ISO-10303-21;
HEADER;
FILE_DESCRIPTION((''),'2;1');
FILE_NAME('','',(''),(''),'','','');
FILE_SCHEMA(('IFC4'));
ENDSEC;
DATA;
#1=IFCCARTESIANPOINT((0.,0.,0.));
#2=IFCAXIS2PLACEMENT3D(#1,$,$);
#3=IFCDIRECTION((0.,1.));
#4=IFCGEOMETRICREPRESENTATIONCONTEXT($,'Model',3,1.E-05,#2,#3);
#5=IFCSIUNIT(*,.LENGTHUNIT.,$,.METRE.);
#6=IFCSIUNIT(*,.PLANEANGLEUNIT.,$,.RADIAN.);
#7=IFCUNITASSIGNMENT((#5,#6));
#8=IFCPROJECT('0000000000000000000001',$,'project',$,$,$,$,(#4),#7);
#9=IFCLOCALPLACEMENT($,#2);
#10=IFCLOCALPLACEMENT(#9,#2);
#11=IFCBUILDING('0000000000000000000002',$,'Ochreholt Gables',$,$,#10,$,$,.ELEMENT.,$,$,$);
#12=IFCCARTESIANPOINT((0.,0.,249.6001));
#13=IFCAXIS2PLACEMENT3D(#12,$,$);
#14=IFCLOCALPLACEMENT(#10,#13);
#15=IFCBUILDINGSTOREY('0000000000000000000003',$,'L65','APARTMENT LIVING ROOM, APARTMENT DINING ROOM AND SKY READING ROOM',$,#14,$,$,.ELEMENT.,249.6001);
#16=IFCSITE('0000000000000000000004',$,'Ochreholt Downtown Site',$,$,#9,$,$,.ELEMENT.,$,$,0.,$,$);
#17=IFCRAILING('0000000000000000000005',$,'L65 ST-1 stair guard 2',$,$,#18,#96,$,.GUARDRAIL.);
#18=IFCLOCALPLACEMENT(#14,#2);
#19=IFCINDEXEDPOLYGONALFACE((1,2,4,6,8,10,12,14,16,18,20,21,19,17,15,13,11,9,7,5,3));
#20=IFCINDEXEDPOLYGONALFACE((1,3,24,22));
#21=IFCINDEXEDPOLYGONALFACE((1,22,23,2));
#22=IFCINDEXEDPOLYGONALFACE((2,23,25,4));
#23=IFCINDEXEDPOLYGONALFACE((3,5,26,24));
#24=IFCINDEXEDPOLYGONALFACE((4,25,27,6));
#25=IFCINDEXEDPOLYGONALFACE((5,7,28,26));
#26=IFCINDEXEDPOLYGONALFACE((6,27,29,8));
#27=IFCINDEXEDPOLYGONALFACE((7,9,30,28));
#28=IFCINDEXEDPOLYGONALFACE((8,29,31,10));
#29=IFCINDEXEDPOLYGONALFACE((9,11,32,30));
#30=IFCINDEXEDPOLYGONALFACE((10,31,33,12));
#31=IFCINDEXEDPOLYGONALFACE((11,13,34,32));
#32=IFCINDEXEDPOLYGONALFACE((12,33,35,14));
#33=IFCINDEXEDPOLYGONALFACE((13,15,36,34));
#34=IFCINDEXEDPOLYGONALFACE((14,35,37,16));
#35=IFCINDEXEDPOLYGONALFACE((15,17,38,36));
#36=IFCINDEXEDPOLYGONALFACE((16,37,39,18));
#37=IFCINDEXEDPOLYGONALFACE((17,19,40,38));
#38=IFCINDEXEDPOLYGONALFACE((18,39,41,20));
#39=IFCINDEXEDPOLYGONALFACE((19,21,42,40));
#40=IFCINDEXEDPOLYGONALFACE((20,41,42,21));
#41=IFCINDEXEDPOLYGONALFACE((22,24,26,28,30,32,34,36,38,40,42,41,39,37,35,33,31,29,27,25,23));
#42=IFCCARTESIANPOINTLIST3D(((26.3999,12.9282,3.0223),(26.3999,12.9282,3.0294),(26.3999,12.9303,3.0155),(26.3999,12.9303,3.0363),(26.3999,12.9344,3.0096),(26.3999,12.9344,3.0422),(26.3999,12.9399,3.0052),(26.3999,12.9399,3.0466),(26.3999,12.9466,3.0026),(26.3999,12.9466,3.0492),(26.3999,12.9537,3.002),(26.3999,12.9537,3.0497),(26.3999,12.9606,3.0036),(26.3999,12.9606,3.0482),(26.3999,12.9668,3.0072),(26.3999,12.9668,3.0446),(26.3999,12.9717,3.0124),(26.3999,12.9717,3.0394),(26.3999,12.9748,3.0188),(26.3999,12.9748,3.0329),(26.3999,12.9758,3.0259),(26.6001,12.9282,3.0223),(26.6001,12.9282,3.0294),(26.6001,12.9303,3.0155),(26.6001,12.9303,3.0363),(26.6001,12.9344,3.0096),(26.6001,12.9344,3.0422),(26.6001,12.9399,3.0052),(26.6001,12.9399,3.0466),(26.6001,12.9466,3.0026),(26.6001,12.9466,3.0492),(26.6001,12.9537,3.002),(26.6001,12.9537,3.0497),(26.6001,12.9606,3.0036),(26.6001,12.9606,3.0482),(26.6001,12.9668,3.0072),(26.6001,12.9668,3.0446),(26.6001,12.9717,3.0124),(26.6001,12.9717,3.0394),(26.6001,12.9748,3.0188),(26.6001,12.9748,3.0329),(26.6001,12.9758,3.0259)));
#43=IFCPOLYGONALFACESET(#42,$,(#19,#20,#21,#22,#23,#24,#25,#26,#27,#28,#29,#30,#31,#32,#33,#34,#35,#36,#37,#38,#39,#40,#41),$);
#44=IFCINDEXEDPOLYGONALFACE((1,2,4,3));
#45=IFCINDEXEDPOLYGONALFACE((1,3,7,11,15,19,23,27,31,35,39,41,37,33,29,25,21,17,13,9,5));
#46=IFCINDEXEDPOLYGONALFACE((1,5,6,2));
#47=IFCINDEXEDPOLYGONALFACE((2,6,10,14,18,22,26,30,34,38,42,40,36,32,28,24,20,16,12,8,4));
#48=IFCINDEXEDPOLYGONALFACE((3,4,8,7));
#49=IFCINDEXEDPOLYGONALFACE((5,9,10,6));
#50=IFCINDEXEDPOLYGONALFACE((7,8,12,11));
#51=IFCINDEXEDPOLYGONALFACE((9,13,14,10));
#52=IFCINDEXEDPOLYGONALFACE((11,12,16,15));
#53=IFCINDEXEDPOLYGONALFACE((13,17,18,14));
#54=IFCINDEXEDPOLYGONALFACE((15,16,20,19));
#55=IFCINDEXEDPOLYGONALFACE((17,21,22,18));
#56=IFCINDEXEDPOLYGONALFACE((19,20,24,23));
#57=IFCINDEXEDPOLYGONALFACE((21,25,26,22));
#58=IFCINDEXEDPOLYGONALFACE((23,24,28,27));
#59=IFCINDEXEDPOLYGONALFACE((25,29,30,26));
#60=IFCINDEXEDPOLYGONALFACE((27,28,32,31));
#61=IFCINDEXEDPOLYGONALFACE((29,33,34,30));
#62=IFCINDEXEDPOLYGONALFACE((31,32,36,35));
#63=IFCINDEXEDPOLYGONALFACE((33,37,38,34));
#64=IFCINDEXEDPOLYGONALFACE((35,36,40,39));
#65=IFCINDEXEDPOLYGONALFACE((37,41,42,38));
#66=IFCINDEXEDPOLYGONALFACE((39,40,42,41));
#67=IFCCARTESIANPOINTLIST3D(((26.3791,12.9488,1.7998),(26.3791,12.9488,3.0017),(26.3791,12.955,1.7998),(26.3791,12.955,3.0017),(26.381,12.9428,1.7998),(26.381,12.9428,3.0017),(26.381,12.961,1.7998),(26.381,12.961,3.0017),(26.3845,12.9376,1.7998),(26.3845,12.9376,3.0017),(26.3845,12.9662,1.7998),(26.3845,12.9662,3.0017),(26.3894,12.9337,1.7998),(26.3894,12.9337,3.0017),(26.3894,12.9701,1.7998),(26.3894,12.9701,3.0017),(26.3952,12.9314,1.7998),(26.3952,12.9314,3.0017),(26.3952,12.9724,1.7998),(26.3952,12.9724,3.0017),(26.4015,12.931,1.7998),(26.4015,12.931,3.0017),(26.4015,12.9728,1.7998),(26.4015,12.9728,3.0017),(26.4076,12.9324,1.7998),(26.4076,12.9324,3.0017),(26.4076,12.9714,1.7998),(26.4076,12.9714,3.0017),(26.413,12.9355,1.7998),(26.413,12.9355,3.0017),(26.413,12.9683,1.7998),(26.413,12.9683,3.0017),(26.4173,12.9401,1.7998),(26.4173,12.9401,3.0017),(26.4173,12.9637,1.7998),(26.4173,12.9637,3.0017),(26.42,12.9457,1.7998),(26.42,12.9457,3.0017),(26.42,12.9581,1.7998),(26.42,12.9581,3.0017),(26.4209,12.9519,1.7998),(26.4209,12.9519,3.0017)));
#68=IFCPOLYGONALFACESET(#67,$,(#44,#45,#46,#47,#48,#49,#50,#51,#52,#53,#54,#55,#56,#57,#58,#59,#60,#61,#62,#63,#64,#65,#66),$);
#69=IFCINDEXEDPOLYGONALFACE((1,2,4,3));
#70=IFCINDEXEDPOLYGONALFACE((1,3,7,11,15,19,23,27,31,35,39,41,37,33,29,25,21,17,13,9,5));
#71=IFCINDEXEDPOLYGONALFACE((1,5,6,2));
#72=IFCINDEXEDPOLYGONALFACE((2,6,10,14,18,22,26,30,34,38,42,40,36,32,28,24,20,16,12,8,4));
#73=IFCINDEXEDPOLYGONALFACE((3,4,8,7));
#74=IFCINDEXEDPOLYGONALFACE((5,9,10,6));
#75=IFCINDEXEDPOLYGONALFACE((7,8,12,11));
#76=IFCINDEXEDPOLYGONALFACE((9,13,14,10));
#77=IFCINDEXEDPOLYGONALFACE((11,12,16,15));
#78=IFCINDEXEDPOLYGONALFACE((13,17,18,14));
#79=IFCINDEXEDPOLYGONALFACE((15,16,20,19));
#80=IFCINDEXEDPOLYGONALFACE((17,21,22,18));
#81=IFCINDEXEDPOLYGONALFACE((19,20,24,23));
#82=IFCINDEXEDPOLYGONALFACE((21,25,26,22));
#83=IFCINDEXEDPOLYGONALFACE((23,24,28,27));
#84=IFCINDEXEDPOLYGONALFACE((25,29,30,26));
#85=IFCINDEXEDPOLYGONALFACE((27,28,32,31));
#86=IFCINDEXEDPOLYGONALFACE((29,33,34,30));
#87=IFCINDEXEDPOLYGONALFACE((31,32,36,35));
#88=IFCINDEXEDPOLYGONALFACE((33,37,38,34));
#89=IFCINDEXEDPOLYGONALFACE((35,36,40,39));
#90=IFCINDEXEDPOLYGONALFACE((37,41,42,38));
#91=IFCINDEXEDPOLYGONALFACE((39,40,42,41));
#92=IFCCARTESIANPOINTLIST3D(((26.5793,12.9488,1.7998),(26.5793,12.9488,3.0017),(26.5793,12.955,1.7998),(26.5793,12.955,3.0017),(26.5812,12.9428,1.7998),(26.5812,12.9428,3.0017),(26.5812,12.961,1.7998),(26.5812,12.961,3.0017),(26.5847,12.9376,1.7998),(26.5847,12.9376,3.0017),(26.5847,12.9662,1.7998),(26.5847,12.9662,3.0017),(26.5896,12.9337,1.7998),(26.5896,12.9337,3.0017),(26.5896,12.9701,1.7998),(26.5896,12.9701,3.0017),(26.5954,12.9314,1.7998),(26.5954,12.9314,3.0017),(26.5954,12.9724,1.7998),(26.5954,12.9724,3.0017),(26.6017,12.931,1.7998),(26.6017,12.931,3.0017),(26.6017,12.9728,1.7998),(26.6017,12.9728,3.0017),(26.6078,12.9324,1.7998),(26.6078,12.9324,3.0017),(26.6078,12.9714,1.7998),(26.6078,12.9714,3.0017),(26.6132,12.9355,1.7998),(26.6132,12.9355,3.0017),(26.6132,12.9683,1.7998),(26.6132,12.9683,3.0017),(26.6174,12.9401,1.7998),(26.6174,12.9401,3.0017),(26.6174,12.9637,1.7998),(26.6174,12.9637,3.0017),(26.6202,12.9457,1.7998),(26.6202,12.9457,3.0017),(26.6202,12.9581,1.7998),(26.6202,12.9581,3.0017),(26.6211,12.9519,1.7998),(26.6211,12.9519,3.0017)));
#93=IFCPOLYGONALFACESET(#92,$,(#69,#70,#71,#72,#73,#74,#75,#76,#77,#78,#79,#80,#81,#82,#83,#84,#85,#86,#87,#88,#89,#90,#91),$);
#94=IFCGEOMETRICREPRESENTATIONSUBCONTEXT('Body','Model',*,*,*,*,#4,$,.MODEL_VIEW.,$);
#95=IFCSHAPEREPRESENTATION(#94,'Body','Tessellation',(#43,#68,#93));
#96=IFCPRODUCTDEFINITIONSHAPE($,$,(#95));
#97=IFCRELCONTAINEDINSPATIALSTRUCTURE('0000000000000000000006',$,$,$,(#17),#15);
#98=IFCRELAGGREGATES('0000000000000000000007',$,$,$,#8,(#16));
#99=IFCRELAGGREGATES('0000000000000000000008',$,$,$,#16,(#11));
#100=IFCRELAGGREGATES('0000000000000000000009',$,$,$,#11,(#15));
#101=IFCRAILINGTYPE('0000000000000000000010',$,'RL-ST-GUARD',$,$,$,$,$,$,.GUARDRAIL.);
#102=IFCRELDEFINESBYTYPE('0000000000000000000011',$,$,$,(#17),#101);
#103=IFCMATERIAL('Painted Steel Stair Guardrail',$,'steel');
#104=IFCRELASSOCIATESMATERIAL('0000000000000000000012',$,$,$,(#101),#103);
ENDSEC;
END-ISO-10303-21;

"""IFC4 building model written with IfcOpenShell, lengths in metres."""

from ifc_helpers import new_model, si_unit, direction, frame, origin, origin_2d, place, context, subcontext, project, spatial, circle, extrude, material, type_object, element, save


model = new_model("IFC4")

# Units and contexts
model_context = context("Model", 3, precision=1e-05, world=origin(), true_north=direction((0.0, 1.0)))
body_context = subcontext(model_context, "Body", "Model", "MODEL_VIEW")
ifc_project = project(units=[si_unit("LENGTHUNIT", "METRE"), si_unit("PLANEANGLEUNIT", "RADIAN")], contexts=[model_context])

# Site, building, storey
site_placement = place(None, origin())
site = spatial("IfcSite", under=ifc_project, at=site_placement, Name="Ochreholt Downtown Site", CompositionType="ELEMENT", RefElevation=0.0)
building_placement = place(site_placement, origin())
building = spatial("IfcBuilding", under=site, at=building_placement, Name="Ochreholt Gables", CompositionType="ELEMENT")
storey_placement = place(building_placement, frame((0.0, 0.0, 249.6001)))
storey = spatial("IfcBuildingStorey", under=building, at=storey_placement, Name="L65", Description="APARTMENT LIVING ROOM, APARTMENT DINING ROOM AND SKY READING ROOM", CompositionType="ELEMENT", Elevation=249.6001)

# Railing
ifc_material_1 = material(Name="Painted Steel Stair Guardrail", Category="steel")
railing_type_1 = type_object("IfcRailingType", Name="RL-ST-GUARD", PredefinedType="GUARDRAIL", material=ifc_material_1)
railing_1_placement = place(storey_placement, frame((26.3999, 12.9519, 1.7998)))
element("IfcRailing", 1, at=railing_1_placement, inside=storey, type_object=railing_type_1, Name="L65 ST-1 stair guard 2", PredefinedType="GUARDRAIL", context=body_context, shape_type="SweptSolid", body=[
    extrude(circle(Radius=0.0239, at=origin_2d()), frame((0.0, 0.0, 1.2261), z_axis=(1.0, 0.0, 0.0), x_axis=(0.0, 1.0, 0.0)), (0.0, 0.0, 1.0), 0.2002),
    extrude(circle(Radius=0.021, at=origin_2d()), origin(), (0.0, 0.0, 1.0), 1.2019),
    extrude(circle(Radius=0.021, at=origin_2d()), frame((0.2002, 0.0, 0.0)), (0.0, 0.0, 1.0), 1.2019),
])

save(model, "model.ifc")
